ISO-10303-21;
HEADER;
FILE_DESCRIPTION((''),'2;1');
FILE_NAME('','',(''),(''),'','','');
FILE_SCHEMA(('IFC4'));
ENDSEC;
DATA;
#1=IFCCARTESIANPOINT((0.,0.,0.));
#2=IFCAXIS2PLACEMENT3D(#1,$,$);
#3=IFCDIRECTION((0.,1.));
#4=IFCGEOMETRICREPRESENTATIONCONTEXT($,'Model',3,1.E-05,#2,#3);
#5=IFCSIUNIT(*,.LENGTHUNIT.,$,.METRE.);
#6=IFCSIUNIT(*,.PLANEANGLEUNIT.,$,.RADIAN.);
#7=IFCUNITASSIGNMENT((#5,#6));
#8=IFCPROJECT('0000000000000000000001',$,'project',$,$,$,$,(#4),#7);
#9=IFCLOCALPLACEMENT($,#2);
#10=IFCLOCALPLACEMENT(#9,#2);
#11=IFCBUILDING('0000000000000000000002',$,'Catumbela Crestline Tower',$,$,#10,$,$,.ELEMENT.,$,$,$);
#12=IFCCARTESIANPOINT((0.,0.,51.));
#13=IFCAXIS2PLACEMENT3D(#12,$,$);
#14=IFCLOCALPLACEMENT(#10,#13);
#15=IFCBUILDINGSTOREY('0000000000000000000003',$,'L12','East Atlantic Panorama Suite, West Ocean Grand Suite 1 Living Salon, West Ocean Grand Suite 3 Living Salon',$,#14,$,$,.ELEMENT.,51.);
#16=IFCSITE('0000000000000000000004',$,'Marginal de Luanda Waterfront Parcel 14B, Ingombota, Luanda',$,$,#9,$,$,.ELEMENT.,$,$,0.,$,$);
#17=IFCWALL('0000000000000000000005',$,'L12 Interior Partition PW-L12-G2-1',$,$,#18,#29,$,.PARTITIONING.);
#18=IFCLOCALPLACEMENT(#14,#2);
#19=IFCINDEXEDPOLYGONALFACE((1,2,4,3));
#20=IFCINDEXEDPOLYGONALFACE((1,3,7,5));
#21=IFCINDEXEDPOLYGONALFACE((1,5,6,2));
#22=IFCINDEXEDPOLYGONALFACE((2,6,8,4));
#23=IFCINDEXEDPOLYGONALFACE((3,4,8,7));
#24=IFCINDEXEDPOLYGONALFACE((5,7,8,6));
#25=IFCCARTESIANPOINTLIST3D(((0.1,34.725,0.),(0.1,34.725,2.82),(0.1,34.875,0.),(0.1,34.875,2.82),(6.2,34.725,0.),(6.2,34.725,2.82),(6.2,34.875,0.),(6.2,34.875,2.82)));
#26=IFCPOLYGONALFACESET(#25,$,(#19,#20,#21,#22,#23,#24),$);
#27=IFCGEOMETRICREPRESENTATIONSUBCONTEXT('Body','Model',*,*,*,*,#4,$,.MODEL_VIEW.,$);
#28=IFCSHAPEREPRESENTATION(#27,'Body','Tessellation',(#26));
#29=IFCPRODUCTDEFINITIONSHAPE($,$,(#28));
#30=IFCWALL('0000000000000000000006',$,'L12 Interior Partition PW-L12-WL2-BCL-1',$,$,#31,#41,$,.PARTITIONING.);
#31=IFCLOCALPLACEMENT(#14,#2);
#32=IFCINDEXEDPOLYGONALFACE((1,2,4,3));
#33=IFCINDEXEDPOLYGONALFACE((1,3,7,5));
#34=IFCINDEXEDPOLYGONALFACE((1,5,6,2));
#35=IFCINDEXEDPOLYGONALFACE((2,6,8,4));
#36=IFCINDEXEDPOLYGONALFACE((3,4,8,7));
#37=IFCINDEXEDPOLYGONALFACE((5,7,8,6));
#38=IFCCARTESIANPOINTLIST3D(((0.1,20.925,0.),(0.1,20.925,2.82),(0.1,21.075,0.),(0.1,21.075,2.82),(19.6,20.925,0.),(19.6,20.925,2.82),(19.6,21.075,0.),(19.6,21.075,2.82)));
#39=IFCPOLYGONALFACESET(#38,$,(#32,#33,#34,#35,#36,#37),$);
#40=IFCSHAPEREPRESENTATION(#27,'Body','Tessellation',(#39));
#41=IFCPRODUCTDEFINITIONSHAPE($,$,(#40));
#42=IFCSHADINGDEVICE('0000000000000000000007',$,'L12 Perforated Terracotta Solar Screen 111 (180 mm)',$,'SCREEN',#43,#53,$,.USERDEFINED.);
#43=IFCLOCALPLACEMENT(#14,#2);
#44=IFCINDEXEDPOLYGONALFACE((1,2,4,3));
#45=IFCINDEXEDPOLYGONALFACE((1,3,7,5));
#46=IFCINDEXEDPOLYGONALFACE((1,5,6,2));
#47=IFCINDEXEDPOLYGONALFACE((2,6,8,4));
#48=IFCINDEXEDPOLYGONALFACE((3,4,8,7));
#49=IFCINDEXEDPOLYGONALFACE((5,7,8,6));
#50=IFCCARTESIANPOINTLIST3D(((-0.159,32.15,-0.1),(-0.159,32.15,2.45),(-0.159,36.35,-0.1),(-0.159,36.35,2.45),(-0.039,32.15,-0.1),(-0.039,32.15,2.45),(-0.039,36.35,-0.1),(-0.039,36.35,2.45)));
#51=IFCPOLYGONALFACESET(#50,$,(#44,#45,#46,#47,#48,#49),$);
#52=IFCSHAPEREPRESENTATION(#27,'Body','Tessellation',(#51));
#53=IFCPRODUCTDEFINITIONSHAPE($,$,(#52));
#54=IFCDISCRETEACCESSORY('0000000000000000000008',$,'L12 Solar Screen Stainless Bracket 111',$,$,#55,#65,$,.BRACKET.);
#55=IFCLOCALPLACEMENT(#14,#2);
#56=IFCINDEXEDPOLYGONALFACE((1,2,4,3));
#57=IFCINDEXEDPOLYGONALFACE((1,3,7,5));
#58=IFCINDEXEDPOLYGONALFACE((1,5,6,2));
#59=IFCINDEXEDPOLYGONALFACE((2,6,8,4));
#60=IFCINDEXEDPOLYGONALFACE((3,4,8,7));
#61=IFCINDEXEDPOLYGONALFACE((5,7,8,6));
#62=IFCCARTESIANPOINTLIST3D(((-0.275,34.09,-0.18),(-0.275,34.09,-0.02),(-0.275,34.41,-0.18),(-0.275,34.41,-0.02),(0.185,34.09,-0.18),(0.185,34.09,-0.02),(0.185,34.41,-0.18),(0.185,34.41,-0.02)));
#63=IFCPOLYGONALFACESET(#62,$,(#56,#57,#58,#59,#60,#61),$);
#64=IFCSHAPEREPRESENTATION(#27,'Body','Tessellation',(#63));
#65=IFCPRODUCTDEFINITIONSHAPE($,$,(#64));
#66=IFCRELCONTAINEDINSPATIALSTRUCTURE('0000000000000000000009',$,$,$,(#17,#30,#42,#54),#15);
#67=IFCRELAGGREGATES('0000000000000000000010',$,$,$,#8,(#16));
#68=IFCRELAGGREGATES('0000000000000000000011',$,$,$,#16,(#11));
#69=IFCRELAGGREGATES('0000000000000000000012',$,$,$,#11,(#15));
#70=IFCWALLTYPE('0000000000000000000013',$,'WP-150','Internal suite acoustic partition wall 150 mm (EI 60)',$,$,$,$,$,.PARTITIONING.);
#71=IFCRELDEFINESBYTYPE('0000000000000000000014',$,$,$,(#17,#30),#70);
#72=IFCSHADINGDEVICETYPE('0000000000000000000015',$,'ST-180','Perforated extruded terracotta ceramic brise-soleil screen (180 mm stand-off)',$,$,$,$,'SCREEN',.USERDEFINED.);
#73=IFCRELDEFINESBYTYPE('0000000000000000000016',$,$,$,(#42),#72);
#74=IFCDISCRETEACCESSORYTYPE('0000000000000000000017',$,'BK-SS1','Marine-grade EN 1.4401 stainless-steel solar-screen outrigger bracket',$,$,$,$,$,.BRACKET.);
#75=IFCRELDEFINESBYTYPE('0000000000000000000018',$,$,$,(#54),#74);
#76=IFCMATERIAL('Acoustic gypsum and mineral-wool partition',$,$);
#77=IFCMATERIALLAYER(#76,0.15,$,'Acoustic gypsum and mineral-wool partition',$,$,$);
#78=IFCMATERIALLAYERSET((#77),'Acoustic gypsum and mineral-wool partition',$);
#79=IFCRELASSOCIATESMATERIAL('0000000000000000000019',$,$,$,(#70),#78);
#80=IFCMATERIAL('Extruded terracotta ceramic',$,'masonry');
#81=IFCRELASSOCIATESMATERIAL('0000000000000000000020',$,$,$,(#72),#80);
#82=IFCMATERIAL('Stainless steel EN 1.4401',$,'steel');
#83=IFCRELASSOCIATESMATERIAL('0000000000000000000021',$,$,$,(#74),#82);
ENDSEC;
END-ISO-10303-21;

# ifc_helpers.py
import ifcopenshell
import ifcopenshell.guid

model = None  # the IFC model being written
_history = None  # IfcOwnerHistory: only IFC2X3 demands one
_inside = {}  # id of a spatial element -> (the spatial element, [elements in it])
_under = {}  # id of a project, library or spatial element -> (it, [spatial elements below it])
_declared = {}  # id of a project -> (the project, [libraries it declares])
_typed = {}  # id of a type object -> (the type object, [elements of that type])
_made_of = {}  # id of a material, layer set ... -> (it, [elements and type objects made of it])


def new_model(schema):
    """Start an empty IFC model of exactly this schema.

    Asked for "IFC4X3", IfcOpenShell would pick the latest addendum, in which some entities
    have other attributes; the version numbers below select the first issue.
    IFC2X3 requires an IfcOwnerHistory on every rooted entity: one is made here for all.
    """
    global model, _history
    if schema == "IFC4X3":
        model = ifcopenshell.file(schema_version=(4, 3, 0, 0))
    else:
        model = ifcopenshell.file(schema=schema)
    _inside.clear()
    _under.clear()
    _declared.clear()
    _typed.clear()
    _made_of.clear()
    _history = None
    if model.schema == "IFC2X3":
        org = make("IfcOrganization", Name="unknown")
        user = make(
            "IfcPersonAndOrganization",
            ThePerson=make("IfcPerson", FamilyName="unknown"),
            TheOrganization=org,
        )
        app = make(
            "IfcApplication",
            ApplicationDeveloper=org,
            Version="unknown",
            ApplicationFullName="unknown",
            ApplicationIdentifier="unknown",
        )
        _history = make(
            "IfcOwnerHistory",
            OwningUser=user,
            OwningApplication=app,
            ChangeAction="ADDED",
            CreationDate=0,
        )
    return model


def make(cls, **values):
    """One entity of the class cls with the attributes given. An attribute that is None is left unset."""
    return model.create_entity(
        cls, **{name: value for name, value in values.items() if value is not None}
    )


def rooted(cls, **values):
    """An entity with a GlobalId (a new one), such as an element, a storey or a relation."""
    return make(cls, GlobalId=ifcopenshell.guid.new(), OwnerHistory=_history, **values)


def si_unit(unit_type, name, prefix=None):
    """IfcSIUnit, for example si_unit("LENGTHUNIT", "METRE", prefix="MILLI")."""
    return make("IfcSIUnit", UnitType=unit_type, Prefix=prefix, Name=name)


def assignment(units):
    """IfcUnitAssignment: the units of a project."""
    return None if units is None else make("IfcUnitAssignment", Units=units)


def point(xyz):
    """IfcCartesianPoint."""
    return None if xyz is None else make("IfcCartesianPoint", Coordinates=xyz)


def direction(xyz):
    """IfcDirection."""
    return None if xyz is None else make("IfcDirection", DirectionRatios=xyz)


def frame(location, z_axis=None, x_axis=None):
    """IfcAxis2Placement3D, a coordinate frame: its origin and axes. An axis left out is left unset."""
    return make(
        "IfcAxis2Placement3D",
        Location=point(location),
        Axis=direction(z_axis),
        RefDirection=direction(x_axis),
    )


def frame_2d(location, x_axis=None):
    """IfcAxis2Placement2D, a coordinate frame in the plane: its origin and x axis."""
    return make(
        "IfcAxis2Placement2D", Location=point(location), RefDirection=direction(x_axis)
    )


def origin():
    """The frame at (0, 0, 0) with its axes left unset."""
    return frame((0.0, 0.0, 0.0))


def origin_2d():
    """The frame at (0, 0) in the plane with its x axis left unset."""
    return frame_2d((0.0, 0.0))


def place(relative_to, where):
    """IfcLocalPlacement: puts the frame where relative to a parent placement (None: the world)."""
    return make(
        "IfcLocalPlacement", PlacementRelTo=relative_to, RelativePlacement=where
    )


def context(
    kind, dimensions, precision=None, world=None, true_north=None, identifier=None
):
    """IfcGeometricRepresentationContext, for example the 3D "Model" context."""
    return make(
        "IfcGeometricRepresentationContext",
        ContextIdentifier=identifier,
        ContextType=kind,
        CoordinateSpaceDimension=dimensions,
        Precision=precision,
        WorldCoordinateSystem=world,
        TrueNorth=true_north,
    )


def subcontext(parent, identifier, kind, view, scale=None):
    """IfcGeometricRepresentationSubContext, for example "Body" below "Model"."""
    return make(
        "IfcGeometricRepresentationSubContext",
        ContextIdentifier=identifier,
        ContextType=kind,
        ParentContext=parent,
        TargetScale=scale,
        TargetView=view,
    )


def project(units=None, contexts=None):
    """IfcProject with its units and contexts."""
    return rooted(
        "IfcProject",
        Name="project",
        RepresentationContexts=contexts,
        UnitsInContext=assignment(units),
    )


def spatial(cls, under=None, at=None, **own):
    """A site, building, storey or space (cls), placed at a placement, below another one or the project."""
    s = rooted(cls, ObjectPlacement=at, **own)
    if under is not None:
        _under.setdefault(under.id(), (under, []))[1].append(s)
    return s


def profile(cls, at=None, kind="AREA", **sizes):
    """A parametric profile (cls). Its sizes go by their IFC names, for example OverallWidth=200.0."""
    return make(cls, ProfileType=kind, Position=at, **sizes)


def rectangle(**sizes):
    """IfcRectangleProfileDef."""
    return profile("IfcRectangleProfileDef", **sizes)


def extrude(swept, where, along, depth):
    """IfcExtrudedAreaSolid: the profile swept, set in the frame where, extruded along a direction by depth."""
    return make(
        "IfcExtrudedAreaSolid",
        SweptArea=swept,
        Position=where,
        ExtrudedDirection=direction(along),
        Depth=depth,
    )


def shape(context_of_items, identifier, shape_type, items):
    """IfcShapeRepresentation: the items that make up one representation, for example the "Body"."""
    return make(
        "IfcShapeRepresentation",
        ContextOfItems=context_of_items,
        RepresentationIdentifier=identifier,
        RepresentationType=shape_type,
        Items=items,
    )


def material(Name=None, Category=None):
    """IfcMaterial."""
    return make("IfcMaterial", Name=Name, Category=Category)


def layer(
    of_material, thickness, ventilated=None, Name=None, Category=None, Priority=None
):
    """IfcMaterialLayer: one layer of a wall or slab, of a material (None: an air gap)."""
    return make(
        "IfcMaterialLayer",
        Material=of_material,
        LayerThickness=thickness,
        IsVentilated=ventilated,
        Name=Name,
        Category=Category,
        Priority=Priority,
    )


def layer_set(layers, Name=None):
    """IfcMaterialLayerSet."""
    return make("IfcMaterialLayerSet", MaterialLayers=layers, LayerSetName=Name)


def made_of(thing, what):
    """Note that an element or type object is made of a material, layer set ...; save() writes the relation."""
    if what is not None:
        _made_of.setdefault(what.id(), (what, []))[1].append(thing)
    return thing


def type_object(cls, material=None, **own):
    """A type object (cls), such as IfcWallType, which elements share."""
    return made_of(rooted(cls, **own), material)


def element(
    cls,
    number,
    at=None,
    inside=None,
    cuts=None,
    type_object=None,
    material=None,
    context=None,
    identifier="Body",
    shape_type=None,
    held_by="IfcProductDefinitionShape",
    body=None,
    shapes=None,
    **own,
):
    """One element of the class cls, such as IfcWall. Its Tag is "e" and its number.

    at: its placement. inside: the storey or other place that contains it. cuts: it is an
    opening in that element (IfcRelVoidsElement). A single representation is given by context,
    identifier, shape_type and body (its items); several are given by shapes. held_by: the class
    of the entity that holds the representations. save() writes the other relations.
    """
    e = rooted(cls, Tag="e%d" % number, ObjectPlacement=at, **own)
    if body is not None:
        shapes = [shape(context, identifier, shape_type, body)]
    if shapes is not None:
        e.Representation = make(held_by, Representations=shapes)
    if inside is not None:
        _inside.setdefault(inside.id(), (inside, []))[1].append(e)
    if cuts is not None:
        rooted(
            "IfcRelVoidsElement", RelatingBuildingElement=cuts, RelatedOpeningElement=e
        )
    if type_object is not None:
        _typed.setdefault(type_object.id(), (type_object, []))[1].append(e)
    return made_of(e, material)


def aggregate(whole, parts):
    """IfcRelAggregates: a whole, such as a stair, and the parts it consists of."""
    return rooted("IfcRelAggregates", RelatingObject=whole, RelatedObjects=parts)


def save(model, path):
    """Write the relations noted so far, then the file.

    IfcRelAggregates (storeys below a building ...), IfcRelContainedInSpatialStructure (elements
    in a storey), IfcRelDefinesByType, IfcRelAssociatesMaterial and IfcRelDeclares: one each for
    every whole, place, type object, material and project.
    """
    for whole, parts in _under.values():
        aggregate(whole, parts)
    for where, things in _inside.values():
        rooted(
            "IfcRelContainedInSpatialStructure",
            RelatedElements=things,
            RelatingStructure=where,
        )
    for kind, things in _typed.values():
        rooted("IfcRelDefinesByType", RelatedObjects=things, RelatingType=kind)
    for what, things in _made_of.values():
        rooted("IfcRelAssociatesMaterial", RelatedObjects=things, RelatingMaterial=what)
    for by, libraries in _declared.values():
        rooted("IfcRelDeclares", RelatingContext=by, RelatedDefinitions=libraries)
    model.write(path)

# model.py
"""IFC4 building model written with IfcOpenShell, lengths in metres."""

from ifc_helpers import new_model, si_unit, direction, frame, frame_2d, origin, origin_2d, place, context, subcontext, project, spatial, rectangle, extrude, material, layer, layer_set, type_object, element, save


model = new_model("IFC4")

# Units and contexts
model_context = context("Model", 3, precision=1e-05, world=origin(), true_north=direction((0.0, 1.0)))
body_context = subcontext(model_context, "Body", "Model", "MODEL_VIEW")
ifc_project = project(units=[si_unit("LENGTHUNIT", "METRE"), si_unit("PLANEANGLEUNIT", "RADIAN")], contexts=[model_context])

# Site, building, storey
site_placement = place(None, origin())
site = spatial("IfcSite", under=ifc_project, at=site_placement, Name="Marginal de Luanda Waterfront Parcel 14B, Ingombota, Luanda", CompositionType="ELEMENT", RefElevation=0.0)
building_placement = place(site_placement, origin())
building = spatial("IfcBuilding", under=site, at=building_placement, Name="Catumbela Crestline Tower", CompositionType="ELEMENT")
storey_placement = place(building_placement, frame((0.0, 0.0, 51.0)))
storey = spatial("IfcBuildingStorey", under=building, at=storey_placement, Name="L12", Description="East Atlantic Panorama Suite, West Ocean Grand Suite 1 Living Salon, West Ocean Grand Suite 3 Living Salon", CompositionType="ELEMENT", Elevation=51.0)

# Walls
ifc_material_1 = material(Name="Acoustic gypsum and mineral-wool partition")
ifc_layer_1 = layer(ifc_material_1, 0.15, Name="Acoustic gypsum and mineral-wool partition")
ifc_layer_set_1 = layer_set([ifc_layer_1], Name="Acoustic gypsum and mineral-wool partition")
wall_type_1 = type_object("IfcWallType", Name="WP-150", Description="Internal suite acoustic partition wall 150 mm (EI 60)", PredefinedType="PARTITIONING", material=ifc_layer_set_1)
wall_1_placement = place(storey_placement, frame((0.1, 34.8, 0.0), z_axis=(0.0, 0.0, 1.0), x_axis=(1.0, 0.0, 0.0)))
element("IfcWall", 1, at=wall_1_placement, inside=storey, type_object=wall_type_1, Name="L12 Interior Partition PW-L12-G2-1", PredefinedType="PARTITIONING", context=body_context, shape_type="SweptSolid", body=[
    extrude(rectangle(XDim=6.1, YDim=0.15, at=frame_2d((3.05, 0.0))), origin(), (0.0, 0.0, 1.0), 2.82),
])
wall_2_placement = place(storey_placement, frame((0.1, 21.0, 0.0), z_axis=(0.0, 0.0, 1.0), x_axis=(1.0, 0.0, 0.0)))
element("IfcWall", 2, at=wall_2_placement, inside=storey, type_object=wall_type_1, Name="L12 Interior Partition PW-L12-WL2-BCL-1", PredefinedType="PARTITIONING", context=body_context, shape_type="SweptSolid", body=[
    extrude(rectangle(XDim=19.5, YDim=0.15, at=frame_2d((9.75, 0.0))), origin(), (0.0, 0.0, 1.0), 2.82),
])

# Shading device
ifc_material_2 = material(Name="Extruded terracotta ceramic", Category="masonry")
shading_device_type = type_object("IfcShadingDeviceType", Name="ST-180", Description="Perforated extruded terracotta ceramic brise-soleil screen (180 mm stand-off)", ElementType="SCREEN", PredefinedType="USERDEFINED", material=ifc_material_2)
shading_device_placement = place(storey_placement, frame((-0.099, 34.25, -0.1), z_axis=(0.0, 0.0, 1.0), x_axis=(0.0, -1.0, 0.0)))
element("IfcShadingDevice", 3, at=shading_device_placement, inside=storey, type_object=shading_device_type, Name="L12 Perforated Terracotta Solar Screen 111 (180 mm)", ObjectType="SCREEN", PredefinedType="USERDEFINED", context=body_context, shape_type="SweptSolid", body=[
    extrude(rectangle(XDim=4.2, YDim=0.12, at=origin_2d()), origin(), (0.0, 0.0, 1.0), 2.55),
])

# Discrete accessory
ifc_material_3 = material(Name="Stainless steel EN 1.4401", Category="steel")
discrete_accessory_type = type_object("IfcDiscreteAccessoryType", Name="BK-SS1", Description="Marine-grade EN 1.4401 stainless-steel solar-screen outrigger bracket", PredefinedType="BRACKET", material=ifc_material_3)
discrete_accessory_placement = place(storey_placement, frame((-0.045, 34.25, -0.18), z_axis=(0.0, 0.0, 1.0), x_axis=(0.0, -1.0, 0.0)))
element("IfcDiscreteAccessory", 4, at=discrete_accessory_placement, inside=storey, type_object=discrete_accessory_type, Name="L12 Solar Screen Stainless Bracket 111", PredefinedType="BRACKET", context=body_context, shape_type="SweptSolid", body=[
    extrude(rectangle(XDim=0.32, YDim=0.46, at=origin_2d()), origin(), (0.0, 0.0, 1.0), 0.16),
])

save(model, "model.ifc")
